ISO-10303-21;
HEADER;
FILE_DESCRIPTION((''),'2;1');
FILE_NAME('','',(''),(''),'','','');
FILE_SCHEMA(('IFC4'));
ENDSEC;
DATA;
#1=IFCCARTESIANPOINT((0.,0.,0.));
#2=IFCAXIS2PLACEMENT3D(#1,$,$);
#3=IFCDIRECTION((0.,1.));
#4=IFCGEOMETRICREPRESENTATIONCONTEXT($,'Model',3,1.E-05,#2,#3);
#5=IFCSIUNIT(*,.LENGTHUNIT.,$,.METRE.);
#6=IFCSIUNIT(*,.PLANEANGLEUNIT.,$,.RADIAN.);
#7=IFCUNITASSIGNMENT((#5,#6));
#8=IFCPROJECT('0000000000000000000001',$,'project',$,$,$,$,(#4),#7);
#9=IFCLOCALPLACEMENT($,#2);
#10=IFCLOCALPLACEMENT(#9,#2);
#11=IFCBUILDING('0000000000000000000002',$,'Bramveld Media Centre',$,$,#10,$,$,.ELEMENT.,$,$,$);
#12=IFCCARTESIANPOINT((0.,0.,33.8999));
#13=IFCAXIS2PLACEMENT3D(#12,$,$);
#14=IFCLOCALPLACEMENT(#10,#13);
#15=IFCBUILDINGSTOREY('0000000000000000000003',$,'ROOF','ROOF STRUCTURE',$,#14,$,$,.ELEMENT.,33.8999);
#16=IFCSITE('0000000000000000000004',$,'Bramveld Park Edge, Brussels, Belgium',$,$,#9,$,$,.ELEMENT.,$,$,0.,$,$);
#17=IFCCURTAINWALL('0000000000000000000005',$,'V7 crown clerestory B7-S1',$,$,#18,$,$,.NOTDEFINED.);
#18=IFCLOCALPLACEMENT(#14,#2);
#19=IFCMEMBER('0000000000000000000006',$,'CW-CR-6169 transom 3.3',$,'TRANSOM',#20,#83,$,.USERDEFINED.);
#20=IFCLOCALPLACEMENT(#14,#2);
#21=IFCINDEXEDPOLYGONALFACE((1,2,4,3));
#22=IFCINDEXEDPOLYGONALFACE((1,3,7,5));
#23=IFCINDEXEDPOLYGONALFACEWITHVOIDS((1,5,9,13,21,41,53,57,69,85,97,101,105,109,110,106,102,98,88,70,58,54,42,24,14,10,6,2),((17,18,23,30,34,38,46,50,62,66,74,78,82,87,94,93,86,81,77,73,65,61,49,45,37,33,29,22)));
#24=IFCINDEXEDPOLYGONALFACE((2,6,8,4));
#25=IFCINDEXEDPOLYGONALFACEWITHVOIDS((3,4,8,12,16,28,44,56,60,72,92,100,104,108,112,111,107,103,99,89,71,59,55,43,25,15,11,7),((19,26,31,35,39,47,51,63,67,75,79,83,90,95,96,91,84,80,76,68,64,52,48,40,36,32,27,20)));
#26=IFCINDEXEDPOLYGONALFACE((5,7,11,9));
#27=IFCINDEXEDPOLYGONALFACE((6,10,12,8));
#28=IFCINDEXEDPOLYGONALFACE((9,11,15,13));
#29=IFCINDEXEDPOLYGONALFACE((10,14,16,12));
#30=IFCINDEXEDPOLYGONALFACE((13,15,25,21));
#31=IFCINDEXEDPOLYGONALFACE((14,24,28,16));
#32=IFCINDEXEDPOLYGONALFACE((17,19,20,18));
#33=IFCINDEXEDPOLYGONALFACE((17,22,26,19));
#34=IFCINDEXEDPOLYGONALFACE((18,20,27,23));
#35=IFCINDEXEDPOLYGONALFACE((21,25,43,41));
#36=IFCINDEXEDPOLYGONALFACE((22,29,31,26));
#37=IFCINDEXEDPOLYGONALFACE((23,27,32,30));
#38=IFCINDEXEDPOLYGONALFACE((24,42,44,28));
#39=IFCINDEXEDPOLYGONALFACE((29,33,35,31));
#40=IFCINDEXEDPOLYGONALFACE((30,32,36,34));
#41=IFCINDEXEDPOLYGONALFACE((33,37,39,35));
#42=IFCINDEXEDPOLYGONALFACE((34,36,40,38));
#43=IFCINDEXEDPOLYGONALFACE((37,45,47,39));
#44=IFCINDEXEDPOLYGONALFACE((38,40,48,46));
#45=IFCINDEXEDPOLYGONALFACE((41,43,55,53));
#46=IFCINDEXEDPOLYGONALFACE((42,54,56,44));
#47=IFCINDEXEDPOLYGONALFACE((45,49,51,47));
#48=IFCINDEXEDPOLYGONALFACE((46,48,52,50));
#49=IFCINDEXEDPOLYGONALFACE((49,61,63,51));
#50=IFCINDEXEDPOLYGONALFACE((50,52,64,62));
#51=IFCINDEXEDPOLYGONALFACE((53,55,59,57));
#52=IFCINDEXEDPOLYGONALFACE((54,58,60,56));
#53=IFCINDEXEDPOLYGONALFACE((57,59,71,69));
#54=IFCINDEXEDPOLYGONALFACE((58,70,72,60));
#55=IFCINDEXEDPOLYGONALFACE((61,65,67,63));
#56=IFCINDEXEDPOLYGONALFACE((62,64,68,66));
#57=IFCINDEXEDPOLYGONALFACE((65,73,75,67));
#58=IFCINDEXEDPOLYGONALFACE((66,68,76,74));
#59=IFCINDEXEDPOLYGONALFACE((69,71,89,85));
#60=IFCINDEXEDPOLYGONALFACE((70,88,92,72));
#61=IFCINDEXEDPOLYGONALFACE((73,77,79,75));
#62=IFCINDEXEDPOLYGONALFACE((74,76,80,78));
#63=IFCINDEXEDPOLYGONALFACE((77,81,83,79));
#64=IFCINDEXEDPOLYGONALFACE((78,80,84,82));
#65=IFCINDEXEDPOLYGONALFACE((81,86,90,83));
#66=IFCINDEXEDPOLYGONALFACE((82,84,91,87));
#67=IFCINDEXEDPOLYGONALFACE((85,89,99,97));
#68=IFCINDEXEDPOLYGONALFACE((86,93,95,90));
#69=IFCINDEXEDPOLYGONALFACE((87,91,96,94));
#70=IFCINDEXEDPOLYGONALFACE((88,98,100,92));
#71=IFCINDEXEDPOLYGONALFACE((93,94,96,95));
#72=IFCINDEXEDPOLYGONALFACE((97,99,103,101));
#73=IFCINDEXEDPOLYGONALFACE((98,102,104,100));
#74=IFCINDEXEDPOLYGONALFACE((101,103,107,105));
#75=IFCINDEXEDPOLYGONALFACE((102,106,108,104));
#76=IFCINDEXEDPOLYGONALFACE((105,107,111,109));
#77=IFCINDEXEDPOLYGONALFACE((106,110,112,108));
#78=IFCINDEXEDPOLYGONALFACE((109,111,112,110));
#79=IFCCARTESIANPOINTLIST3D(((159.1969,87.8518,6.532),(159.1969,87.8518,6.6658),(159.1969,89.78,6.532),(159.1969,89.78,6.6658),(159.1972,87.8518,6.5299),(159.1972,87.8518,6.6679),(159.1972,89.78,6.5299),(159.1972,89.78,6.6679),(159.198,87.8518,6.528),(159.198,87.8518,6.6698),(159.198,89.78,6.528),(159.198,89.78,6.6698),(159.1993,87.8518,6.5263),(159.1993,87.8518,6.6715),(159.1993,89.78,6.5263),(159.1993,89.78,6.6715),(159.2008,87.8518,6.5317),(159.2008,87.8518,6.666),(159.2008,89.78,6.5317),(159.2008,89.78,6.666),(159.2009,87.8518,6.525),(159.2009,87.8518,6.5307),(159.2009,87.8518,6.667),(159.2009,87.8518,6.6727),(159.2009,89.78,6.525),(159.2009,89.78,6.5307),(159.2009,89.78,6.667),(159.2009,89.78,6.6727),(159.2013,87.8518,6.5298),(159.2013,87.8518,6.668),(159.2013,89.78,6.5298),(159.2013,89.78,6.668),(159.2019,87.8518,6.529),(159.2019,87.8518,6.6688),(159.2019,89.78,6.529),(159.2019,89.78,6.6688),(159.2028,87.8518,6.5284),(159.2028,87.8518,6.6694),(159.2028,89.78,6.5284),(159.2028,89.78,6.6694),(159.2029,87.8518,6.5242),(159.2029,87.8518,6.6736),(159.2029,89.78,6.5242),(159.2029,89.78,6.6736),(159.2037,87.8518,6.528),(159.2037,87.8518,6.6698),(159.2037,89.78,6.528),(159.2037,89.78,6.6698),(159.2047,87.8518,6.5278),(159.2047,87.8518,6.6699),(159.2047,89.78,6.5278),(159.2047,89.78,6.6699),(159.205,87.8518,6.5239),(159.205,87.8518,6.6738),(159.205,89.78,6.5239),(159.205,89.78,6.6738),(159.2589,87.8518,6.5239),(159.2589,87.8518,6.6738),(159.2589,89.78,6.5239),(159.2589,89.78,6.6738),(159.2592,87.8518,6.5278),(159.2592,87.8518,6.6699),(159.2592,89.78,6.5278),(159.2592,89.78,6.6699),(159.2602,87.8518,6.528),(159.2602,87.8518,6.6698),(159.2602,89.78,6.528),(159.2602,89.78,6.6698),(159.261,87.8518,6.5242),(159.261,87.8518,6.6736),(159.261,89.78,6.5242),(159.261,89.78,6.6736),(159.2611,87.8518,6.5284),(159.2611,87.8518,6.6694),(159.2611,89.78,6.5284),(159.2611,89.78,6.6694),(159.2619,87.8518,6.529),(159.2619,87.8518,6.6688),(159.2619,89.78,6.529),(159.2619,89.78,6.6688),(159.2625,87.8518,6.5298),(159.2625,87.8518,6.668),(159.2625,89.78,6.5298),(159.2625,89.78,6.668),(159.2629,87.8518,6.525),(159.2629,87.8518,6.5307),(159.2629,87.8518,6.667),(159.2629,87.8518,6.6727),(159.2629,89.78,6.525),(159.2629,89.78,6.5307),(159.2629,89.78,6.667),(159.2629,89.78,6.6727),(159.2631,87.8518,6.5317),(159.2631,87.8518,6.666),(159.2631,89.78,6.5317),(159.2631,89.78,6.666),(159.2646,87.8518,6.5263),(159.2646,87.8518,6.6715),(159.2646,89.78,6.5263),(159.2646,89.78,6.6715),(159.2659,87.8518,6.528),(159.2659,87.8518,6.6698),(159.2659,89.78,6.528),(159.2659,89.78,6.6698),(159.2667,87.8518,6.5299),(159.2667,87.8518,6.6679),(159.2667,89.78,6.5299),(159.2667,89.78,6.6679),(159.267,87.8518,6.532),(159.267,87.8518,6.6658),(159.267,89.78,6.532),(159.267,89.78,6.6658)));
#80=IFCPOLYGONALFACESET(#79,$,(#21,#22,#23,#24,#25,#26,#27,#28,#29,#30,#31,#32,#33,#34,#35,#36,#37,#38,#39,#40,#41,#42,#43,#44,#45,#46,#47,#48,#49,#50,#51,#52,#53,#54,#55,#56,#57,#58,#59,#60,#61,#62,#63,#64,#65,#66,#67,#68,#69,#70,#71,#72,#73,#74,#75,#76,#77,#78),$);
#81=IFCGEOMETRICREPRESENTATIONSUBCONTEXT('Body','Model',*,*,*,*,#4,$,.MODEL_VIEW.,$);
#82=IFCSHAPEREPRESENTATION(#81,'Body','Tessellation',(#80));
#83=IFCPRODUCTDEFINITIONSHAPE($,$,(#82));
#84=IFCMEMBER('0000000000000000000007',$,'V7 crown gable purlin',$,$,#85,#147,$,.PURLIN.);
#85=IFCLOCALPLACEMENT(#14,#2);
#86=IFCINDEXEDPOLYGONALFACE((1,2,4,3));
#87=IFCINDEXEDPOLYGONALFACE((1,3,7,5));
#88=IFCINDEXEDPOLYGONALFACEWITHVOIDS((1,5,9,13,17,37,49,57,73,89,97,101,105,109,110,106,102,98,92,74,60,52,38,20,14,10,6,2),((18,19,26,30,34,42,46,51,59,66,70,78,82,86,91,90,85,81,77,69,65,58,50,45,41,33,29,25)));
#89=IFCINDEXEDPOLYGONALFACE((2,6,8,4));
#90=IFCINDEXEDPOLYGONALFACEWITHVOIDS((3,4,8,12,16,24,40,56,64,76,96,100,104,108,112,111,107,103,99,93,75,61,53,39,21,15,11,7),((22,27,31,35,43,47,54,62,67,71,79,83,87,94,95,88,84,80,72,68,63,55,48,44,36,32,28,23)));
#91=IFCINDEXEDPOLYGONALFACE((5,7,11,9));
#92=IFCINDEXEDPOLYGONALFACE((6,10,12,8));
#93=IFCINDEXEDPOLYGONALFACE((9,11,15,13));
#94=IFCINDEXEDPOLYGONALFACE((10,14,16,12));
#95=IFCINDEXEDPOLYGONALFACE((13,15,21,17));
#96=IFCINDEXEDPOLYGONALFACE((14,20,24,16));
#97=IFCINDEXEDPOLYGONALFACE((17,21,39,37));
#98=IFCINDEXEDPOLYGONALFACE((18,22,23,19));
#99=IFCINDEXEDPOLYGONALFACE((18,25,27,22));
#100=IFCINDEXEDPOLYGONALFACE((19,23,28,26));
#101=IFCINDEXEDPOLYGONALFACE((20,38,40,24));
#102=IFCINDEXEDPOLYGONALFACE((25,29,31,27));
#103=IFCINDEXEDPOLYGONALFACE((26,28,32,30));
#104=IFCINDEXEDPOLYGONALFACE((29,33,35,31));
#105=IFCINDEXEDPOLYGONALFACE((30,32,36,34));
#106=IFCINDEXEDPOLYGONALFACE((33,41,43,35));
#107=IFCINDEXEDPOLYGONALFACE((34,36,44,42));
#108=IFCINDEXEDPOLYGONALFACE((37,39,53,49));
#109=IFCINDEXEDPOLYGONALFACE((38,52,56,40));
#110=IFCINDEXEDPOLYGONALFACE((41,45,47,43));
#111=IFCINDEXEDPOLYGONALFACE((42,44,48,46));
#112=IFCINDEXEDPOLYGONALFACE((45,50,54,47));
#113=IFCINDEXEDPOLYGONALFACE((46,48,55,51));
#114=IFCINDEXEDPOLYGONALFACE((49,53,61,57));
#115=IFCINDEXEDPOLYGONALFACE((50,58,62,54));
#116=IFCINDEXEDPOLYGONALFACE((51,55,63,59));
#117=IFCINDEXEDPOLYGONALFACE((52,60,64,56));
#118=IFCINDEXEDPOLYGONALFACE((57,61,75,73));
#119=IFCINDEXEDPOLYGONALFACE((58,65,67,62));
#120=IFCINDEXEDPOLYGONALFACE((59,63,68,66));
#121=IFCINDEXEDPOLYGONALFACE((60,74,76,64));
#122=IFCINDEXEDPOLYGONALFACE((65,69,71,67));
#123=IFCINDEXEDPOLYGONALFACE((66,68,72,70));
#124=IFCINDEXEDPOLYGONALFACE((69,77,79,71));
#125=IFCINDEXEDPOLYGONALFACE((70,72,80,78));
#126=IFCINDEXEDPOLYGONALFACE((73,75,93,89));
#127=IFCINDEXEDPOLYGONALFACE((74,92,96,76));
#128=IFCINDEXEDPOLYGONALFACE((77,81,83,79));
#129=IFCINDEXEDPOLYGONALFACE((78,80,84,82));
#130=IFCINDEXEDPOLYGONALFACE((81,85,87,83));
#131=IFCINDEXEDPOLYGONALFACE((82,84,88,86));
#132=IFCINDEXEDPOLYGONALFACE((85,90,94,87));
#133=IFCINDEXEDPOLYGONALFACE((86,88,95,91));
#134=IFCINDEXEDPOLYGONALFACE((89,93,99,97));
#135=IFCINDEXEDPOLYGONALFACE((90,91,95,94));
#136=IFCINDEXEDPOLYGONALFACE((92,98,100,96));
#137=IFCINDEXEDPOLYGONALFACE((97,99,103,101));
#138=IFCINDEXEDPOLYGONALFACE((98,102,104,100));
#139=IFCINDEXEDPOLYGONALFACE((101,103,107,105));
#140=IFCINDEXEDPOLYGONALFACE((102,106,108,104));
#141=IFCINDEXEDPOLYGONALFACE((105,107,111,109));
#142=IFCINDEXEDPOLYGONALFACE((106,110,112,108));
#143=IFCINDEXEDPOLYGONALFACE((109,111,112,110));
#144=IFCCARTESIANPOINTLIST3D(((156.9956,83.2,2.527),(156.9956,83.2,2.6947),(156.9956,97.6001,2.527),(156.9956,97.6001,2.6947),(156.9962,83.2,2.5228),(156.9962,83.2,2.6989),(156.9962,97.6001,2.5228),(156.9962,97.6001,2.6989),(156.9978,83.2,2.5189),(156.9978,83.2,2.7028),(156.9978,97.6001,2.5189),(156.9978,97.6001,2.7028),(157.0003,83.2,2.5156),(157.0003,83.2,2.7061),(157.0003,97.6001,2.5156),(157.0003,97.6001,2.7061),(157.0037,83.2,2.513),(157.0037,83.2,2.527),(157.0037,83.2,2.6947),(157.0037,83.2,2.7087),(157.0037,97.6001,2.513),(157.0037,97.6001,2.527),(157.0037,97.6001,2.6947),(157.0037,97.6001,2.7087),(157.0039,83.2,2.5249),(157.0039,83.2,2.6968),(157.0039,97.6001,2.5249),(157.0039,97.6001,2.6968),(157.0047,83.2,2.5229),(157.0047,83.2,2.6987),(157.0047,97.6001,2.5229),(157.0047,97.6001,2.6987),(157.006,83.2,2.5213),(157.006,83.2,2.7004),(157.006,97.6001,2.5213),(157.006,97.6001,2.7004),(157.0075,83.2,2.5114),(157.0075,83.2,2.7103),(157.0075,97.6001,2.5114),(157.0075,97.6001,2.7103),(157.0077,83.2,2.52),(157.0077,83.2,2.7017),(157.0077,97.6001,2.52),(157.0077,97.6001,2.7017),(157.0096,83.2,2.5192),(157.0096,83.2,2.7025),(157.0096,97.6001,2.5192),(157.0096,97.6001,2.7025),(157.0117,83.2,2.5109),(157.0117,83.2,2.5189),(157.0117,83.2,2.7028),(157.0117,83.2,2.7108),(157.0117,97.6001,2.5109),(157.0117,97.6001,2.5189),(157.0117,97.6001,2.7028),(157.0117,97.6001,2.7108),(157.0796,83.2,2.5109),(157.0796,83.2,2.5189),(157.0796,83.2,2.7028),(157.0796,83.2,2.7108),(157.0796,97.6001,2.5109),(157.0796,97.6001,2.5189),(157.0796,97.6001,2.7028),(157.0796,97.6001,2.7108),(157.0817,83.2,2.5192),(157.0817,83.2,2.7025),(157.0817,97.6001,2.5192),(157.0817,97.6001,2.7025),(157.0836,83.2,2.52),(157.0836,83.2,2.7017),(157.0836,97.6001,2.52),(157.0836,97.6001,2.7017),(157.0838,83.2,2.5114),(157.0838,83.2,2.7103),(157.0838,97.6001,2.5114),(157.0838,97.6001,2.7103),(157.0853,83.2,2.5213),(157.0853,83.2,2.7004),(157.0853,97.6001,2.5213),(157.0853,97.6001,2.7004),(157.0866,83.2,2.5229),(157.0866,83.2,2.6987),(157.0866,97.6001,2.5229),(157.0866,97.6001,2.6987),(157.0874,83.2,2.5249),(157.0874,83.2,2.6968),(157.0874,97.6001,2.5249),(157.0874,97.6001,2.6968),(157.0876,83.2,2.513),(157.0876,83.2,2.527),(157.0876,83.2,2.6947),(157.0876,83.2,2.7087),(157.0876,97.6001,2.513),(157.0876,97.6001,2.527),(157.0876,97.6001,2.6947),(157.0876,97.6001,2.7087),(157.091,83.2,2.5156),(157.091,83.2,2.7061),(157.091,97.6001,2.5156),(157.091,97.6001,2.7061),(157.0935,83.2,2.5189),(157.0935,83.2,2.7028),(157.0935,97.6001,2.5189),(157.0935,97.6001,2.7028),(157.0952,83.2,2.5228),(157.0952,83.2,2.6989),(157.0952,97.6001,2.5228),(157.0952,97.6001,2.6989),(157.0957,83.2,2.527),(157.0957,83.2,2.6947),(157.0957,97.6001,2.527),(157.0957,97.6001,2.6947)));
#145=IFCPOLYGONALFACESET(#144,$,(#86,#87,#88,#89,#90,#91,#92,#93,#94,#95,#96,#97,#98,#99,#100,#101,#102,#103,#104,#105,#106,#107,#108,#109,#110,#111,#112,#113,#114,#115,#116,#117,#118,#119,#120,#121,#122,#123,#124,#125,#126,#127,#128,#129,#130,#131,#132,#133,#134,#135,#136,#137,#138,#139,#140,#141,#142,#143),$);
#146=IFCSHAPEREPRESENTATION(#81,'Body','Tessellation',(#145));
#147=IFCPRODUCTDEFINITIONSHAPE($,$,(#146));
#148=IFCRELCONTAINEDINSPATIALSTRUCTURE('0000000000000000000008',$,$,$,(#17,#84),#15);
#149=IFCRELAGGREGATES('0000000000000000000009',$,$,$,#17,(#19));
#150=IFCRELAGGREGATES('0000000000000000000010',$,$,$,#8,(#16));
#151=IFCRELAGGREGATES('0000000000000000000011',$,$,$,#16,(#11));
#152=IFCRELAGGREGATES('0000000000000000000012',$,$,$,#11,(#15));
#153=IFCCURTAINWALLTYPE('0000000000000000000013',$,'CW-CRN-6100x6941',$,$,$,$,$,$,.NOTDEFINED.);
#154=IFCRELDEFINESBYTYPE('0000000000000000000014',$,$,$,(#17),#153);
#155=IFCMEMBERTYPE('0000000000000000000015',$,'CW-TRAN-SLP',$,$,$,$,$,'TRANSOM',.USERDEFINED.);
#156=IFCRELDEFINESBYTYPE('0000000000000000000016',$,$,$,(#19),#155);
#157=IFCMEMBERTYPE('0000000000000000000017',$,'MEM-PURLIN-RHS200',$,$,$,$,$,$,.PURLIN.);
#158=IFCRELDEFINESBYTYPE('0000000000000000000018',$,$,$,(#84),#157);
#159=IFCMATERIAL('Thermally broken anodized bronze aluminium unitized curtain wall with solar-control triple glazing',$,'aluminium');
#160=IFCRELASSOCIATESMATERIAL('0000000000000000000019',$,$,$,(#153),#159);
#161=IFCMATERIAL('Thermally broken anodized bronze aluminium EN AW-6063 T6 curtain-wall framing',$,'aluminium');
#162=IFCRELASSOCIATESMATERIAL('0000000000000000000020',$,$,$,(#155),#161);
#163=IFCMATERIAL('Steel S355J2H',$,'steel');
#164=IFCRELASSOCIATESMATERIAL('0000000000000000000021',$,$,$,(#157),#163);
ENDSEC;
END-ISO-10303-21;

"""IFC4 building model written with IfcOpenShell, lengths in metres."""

from ifc_helpers import new_model, si_unit, direction, frame, origin, origin_2d, place, context, subcontext, project, spatial, hollow_rectangle, extrude, material, material_profile, profile_set, type_object, element, aggregate, save


model = new_model("IFC4")

# Units and contexts
model_context = context("Model", 3, precision=1e-05, world=origin(), true_north=direction((0.0, 1.0)))
body_context = subcontext(model_context, "Body", "Model", "MODEL_VIEW")
ifc_project = project(units=[si_unit("LENGTHUNIT", "METRE"), si_unit("PLANEANGLEUNIT", "RADIAN")], contexts=[model_context])

# Site, building, storey
site_placement = place(None, origin())
site = spatial("IfcSite", under=ifc_project, at=site_placement, Name="Bramveld Park Edge, Brussels, Belgium", CompositionType="ELEMENT", RefElevation=0.0)
building_placement = place(site_placement, origin())
building = spatial("IfcBuilding", under=site, at=building_placement, Name="Bramveld Media Centre", CompositionType="ELEMENT")
storey_placement = place(building_placement, frame((0.0, 0.0, 33.8999)))
storey = spatial("IfcBuildingStorey", under=building, at=storey_placement, Name="ROOF", Description="ROOF STRUCTURE", CompositionType="ELEMENT", Elevation=33.8999)

# Curtain wall, member
ifc_material_1 = material(Name="Thermally broken anodized bronze aluminium unitized curtain wall with solar-control triple glazing", Category="aluminium")
curtain_wall_type = type_object("IfcCurtainWallType", Name="CW-CRN-6100x6941", PredefinedType="NOTDEFINED", material=ifc_material_1)
ifc_material_2 = material(Name="Thermally broken anodized bronze aluminium EN AW-6063 T6 curtain-wall framing", Category="aluminium")
ifc_material_profile_1 = material_profile(ifc_material_2, hollow_rectangle(XDim=0.0701, YDim=0.1499, WallThickness=0.0039, InnerFilletRadius=0.0039, OuterFilletRadius=0.0081, at=origin_2d()), Name="AL-TRAN 70x150")
ifc_profile_set_1 = profile_set([ifc_material_profile_1], Name="Thermally broken anodized bronze aluminium EN AW-6063 T6 curtain-wall framing")
member_type_1 = type_object("IfcMemberType", Name="CW-TRAN-SLP", ElementType="TRANSOM", PredefinedType="USERDEFINED", material=ifc_profile_set_1)
curtain_wall_1_placement = place(storey_placement, origin())
curtain_wall_1 = element("IfcCurtainWall", 1, at=curtain_wall_1_placement, inside=storey, type_object=curtain_wall_type, Name="V7 crown clerestory B7-S1", PredefinedType="NOTDEFINED")
member_1_placement = place(storey_placement, frame((159.2319, 87.8518, 6.5989), z_axis=(0.0, 1.0, 0.0), x_axis=(-1.0, 0.0, 0.0)))
member_1 = element("IfcMember", 2, at=member_1_placement, type_object=member_type_1, Name="CW-CR-6169 transom 3.3", ObjectType="TRANSOM", PredefinedType="USERDEFINED", context=body_context, shape_type="SweptSolid", body=[
    extrude(hollow_rectangle(XDim=0.0701, YDim=0.1499, WallThickness=0.0039, InnerFilletRadius=0.0039, OuterFilletRadius=0.0081, at=origin_2d()), origin(), (0.0, 0.0, 1.0), 1.9282),
])

# Member
ifc_material_3 = material(Name="Steel S355J2H", Category="steel")
ifc_material_profile_2 = material_profile(ifc_material_3, hollow_rectangle(XDim=0.1001, YDim=0.2, WallThickness=0.0081, InnerFilletRadius=0.0081, OuterFilletRadius=0.0161, at=origin_2d()), Name="RHS 200x100x8")
ifc_profile_set_2 = profile_set([ifc_material_profile_2], Name="Steel S355J2H")
member_type_2 = type_object("IfcMemberType", Name="MEM-PURLIN-RHS200", PredefinedType="PURLIN", material=ifc_profile_set_2)
for number, where, z_axis, x_axis, name in (
    (3, (157.0457, 83.2, 2.6108), (0.0, 1.0, 0.0), (-1.0, 0.0, 0.0), "V7 crown gable purlin"),
):
    element("IfcMember", number, at=place(storey_placement, frame(where, z_axis=z_axis, x_axis=x_axis)), inside=storey, type_object=member_type_2, Name=name, PredefinedType="PURLIN", context=body_context, shape_type="SweptSolid", body=[
        extrude(hollow_rectangle(XDim=0.1001, YDim=0.2, WallThickness=0.0081, InnerFilletRadius=0.0081, OuterFilletRadius=0.0161, at=origin_2d()), origin(), (0.0, 0.0, 1.0), 14.4001),
    ])

aggregate(curtain_wall_1, [member_1])

save(model, "model.ifc")
